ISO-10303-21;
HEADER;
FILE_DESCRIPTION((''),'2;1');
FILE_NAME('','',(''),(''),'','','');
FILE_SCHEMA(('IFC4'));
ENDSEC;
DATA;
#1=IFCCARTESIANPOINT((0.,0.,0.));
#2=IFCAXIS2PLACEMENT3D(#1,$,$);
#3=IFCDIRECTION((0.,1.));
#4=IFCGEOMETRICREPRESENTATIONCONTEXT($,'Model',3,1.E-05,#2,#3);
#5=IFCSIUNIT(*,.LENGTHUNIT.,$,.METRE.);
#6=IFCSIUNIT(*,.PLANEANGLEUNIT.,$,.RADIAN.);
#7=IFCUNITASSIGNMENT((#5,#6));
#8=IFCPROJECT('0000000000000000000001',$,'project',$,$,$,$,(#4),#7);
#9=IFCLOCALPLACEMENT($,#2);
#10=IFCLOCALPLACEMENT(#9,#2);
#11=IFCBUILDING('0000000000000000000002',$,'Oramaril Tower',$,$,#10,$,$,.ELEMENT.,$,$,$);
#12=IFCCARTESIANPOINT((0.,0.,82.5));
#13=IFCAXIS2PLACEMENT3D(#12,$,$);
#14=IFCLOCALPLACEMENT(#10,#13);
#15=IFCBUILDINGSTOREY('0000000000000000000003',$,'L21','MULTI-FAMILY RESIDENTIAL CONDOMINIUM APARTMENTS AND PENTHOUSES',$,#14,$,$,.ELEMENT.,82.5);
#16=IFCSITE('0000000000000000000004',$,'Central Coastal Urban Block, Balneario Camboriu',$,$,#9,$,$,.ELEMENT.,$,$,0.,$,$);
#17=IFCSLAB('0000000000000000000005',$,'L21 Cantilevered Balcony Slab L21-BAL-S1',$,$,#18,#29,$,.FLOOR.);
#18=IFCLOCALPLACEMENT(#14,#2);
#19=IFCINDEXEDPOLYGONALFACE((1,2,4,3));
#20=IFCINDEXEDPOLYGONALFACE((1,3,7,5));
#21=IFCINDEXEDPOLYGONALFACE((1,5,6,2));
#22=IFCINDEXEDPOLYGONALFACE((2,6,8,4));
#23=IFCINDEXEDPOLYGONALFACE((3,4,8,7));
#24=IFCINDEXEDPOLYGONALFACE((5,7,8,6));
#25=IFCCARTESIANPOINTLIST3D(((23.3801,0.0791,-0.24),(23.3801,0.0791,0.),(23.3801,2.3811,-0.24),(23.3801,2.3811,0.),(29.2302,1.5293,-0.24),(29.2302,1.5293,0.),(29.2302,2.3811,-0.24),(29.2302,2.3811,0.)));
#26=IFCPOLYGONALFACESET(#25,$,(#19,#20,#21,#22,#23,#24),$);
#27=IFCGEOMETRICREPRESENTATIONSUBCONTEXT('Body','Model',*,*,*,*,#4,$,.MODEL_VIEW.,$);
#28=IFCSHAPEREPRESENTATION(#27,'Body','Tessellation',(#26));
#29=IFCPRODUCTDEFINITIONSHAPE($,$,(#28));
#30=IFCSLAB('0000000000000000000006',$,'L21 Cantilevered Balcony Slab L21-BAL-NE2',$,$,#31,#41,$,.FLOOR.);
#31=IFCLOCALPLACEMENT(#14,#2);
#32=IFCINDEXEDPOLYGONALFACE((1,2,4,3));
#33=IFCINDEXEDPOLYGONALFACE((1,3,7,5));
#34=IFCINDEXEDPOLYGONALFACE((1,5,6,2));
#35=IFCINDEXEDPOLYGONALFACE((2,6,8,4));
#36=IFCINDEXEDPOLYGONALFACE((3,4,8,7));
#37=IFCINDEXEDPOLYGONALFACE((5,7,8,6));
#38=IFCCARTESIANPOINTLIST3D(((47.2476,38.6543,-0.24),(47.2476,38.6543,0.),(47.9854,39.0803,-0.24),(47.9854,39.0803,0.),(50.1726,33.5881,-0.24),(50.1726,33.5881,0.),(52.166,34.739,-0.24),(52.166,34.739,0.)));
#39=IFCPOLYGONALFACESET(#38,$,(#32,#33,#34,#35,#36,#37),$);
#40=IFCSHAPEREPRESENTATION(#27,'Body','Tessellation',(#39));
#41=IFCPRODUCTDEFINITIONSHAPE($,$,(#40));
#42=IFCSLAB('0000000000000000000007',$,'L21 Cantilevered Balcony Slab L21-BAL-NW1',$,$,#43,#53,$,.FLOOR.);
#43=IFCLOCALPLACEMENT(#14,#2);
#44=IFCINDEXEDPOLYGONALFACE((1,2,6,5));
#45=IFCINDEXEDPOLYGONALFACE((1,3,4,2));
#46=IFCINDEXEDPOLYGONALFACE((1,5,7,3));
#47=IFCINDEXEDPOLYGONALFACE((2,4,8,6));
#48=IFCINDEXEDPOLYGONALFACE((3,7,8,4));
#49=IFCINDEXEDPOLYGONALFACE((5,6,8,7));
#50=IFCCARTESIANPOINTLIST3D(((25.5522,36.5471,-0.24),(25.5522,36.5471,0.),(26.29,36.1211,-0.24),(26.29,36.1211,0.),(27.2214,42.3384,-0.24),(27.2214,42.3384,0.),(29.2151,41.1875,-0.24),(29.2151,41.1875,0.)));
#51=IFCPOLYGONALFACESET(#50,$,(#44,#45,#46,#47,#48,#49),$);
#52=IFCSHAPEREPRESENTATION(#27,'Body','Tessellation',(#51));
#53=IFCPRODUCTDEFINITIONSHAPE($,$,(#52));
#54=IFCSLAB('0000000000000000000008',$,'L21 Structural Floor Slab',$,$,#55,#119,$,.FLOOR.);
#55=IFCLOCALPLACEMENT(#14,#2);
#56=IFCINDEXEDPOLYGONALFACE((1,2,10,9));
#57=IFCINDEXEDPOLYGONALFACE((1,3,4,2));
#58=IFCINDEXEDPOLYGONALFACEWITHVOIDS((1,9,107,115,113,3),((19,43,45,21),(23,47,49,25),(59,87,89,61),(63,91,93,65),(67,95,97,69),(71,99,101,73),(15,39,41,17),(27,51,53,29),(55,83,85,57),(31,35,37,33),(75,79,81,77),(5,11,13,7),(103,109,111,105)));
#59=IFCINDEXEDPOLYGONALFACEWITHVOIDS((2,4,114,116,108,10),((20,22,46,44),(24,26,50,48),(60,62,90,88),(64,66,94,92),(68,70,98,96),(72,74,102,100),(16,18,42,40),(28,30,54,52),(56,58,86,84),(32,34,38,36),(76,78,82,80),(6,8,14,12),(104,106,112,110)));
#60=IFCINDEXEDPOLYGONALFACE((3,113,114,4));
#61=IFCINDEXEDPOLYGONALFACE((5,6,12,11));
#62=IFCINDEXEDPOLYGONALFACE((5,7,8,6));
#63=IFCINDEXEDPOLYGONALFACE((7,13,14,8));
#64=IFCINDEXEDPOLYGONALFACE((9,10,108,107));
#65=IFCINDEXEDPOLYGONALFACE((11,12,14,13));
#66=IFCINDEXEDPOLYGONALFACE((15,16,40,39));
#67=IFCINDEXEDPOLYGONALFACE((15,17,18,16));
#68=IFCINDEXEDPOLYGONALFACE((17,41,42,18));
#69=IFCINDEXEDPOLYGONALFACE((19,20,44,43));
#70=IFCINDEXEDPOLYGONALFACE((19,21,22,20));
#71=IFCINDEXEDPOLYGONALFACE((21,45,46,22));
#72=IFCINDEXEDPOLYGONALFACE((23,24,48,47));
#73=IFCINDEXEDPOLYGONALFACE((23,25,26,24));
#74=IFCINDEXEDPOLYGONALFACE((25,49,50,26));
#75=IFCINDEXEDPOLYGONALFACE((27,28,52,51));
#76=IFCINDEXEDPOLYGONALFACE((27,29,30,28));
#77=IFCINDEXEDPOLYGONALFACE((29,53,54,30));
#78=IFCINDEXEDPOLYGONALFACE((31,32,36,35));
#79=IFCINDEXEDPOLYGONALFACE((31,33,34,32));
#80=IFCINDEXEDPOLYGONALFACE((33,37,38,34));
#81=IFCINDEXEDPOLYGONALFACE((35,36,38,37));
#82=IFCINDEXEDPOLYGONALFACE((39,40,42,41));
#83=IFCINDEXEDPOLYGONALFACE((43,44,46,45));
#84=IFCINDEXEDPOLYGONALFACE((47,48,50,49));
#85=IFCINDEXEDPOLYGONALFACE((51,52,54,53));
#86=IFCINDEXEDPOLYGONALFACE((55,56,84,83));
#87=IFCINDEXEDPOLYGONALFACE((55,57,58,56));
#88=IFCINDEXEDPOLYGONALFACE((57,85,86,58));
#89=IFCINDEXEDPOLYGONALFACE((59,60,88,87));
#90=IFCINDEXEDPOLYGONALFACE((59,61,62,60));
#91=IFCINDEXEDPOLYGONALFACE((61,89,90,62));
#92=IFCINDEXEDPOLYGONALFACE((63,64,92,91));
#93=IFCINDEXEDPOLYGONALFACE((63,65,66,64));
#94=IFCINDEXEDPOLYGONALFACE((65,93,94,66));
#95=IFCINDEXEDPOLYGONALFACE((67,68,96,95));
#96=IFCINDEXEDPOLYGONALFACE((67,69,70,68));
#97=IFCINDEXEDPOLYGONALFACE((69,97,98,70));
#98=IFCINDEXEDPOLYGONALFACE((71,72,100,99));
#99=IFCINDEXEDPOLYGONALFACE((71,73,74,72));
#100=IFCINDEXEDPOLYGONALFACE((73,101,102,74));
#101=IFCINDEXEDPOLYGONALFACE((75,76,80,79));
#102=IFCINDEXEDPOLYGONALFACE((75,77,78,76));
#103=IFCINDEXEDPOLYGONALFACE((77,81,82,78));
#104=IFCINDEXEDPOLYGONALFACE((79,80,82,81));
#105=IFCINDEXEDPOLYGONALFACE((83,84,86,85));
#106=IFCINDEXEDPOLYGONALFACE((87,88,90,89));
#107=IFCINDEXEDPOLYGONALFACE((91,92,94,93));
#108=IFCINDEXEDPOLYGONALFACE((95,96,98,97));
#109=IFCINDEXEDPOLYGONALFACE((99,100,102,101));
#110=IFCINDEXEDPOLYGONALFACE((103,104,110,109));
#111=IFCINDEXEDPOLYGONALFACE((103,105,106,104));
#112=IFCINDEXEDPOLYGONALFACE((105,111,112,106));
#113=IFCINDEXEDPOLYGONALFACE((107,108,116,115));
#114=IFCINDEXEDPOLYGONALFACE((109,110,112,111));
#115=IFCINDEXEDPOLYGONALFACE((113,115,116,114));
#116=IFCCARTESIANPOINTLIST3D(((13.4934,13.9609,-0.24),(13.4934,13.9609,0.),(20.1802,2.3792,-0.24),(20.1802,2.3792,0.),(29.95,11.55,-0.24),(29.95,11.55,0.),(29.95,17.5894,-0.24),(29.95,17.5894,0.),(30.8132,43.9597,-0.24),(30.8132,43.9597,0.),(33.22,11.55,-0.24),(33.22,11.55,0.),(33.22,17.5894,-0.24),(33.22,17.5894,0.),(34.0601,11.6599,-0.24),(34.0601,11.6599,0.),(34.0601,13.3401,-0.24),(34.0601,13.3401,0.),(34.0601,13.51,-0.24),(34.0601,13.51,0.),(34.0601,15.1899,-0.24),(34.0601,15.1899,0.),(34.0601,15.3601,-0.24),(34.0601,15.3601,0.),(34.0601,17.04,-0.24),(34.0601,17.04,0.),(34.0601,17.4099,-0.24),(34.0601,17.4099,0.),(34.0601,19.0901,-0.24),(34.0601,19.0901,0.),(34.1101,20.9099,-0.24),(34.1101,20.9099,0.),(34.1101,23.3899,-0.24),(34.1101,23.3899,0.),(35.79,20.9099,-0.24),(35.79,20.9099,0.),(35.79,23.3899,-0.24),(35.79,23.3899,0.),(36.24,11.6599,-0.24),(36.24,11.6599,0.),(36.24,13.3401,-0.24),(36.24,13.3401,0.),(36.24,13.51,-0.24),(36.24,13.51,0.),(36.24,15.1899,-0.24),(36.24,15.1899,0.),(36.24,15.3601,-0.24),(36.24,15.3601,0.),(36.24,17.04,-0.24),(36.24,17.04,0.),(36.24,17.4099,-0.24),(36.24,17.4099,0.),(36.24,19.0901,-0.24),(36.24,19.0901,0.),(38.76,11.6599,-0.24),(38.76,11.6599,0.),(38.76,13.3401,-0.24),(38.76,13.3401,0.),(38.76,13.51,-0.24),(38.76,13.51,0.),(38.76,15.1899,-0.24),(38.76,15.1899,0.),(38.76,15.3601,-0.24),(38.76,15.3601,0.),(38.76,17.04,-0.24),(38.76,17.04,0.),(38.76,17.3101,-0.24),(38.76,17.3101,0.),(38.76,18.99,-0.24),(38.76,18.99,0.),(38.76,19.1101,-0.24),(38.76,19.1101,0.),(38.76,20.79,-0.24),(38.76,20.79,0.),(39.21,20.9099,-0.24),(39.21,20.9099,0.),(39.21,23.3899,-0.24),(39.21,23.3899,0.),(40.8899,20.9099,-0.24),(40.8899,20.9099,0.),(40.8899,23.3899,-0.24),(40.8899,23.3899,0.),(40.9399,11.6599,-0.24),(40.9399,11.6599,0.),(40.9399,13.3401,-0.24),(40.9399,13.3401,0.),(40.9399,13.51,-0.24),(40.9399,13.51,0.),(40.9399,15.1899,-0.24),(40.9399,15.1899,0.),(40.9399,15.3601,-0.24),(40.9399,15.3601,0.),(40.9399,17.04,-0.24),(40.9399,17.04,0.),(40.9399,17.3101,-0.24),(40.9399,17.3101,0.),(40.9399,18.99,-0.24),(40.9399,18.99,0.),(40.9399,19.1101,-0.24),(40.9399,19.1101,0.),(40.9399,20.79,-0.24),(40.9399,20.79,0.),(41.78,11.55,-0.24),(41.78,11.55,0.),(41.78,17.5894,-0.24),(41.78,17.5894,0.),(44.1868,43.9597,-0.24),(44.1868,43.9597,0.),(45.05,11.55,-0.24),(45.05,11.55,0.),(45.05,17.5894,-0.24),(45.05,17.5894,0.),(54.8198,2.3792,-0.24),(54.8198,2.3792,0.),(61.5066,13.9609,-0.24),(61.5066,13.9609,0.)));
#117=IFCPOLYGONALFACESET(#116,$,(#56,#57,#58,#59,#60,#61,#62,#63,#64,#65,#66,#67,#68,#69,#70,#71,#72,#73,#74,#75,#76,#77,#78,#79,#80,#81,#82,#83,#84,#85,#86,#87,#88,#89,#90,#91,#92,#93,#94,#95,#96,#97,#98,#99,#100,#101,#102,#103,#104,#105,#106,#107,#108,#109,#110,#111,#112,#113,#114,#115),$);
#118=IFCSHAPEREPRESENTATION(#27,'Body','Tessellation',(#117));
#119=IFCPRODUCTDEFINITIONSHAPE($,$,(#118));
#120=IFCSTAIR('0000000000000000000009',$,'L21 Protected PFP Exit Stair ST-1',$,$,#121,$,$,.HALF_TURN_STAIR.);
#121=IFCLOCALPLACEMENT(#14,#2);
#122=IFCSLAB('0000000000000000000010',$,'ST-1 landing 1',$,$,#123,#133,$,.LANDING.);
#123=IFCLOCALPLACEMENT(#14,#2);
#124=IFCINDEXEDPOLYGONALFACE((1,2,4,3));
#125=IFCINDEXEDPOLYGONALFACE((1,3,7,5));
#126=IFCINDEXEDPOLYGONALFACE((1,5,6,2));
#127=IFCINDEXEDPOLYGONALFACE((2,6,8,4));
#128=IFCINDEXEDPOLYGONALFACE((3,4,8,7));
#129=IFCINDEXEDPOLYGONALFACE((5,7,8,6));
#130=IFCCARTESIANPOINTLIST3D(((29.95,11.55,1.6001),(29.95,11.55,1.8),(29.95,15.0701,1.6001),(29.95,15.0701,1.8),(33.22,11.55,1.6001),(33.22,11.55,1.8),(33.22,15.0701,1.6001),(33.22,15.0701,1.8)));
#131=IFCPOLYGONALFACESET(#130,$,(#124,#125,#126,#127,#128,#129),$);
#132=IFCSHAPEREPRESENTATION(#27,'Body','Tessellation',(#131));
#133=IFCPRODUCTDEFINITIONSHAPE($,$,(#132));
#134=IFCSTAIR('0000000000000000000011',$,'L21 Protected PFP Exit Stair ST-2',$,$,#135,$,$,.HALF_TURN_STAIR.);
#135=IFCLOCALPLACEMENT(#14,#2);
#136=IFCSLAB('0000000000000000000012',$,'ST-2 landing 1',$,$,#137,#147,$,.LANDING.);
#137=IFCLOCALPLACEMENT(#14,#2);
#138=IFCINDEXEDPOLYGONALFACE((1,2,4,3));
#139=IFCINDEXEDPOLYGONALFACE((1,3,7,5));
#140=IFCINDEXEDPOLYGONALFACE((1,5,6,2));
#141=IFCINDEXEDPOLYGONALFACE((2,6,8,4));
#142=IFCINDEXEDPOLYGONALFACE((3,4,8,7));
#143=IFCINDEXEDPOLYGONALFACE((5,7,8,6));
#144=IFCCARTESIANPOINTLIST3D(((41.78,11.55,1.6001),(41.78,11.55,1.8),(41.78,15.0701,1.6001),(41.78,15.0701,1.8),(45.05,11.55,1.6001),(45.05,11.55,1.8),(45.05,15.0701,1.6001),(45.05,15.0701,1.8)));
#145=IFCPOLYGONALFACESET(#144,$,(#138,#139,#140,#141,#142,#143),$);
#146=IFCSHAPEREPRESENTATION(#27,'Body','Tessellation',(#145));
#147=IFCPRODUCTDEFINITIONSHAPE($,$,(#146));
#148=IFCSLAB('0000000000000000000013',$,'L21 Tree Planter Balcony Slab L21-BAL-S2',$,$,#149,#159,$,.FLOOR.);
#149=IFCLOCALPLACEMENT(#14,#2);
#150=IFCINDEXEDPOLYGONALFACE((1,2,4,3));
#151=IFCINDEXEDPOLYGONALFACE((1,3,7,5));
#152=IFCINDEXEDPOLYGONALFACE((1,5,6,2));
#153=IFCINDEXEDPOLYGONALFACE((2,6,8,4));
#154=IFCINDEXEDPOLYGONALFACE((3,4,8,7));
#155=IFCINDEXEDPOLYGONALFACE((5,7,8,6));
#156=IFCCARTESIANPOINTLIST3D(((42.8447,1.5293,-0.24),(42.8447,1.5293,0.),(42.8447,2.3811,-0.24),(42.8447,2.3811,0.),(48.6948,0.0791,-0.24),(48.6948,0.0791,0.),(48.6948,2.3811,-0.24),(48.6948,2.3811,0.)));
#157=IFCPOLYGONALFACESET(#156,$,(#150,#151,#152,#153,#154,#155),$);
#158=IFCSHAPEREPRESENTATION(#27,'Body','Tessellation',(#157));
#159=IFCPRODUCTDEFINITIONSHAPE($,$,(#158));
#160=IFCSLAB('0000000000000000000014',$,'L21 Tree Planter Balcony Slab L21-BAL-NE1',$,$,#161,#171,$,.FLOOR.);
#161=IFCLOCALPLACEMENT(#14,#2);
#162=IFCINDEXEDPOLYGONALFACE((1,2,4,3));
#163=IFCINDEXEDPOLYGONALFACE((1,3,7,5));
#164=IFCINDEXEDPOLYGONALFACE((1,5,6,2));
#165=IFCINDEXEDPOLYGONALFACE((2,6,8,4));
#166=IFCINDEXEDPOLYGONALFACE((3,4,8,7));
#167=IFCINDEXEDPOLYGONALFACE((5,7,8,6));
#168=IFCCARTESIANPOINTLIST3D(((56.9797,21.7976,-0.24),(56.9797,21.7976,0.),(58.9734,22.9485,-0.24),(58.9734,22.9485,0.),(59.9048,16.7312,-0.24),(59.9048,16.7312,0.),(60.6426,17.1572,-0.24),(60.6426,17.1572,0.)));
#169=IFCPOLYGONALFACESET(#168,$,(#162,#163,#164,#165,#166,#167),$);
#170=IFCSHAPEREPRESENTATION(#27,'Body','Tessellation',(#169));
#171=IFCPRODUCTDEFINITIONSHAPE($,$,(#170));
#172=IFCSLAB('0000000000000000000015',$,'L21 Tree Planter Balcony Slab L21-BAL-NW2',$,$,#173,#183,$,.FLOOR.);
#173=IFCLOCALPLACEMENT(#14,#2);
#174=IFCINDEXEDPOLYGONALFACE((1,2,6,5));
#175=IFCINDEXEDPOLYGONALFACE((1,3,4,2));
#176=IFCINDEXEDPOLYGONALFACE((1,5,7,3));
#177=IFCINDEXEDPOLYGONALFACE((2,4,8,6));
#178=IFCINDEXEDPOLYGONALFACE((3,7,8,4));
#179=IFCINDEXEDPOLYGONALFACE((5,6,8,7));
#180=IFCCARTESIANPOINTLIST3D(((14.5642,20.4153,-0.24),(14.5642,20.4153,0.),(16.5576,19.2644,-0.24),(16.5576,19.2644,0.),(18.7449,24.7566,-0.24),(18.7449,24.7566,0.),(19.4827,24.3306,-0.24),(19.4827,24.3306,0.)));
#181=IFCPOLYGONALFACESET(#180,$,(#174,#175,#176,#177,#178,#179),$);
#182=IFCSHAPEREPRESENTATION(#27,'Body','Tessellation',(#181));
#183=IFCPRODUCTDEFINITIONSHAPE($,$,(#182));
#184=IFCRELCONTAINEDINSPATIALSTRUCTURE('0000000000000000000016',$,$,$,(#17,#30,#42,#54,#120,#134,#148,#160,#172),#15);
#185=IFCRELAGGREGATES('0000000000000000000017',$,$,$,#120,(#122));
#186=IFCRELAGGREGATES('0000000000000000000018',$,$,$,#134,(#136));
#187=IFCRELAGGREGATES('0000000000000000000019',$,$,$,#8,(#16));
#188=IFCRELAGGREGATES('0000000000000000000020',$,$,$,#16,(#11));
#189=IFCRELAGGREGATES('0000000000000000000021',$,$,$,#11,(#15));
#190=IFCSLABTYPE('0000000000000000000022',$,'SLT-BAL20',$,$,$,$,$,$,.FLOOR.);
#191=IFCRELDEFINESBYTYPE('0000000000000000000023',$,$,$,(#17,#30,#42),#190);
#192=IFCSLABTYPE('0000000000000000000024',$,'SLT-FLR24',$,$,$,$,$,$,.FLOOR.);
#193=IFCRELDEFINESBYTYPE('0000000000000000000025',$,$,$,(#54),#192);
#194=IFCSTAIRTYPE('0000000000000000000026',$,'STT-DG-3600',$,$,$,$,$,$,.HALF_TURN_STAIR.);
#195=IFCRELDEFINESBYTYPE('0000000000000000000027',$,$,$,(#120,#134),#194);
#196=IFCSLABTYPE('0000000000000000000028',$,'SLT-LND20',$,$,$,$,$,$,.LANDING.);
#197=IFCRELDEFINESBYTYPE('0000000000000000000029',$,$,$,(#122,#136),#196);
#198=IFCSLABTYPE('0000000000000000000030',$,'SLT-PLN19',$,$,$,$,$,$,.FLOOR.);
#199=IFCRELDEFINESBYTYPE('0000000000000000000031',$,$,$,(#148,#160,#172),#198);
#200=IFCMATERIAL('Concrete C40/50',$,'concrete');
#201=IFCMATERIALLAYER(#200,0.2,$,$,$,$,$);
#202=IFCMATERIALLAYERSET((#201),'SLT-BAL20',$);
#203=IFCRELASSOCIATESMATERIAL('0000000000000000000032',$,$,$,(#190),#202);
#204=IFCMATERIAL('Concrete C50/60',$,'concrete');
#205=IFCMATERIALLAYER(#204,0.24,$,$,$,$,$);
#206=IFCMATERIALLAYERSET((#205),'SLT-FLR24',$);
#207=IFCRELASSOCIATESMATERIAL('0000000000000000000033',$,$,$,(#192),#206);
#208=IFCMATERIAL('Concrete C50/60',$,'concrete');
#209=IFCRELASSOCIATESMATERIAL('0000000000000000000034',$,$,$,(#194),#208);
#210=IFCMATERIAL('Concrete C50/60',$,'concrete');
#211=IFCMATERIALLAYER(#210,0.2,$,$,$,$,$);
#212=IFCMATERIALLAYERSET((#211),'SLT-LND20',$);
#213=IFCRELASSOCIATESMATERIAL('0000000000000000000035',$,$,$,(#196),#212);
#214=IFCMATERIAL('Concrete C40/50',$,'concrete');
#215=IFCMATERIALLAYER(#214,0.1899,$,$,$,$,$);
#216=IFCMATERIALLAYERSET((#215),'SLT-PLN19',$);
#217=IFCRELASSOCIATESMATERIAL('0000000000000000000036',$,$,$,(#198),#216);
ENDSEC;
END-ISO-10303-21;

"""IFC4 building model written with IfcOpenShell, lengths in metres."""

from ifc_helpers import new_model, si_unit, direction, frame, origin, place, context, subcontext, project, spatial, polyline, outline, extrude, material, layer, layer_set, type_object, element, aggregate, save


model = new_model("IFC4")

# Units and contexts
model_context = context("Model", 3, precision=1e-05, world=origin(), true_north=direction((0.0, 1.0)))
body_context = subcontext(model_context, "Body", "Model", "MODEL_VIEW")
ifc_project = project(units=[si_unit("LENGTHUNIT", "METRE"), si_unit("PLANEANGLEUNIT", "RADIAN")], contexts=[model_context])

# Site, building, storey
site_placement = place(None, origin())
site = spatial("IfcSite", under=ifc_project, at=site_placement, Name="Central Coastal Urban Block, Balneario Camboriu", CompositionType="ELEMENT", RefElevation=0.0)
building_placement = place(site_placement, origin())
building = spatial("IfcBuilding", under=site, at=building_placement, Name="Oramaril Tower", CompositionType="ELEMENT")
storey_placement = place(building_placement, frame((0.0, 0.0, 82.5)))
storey = spatial("IfcBuildingStorey", under=building, at=storey_placement, Name="L21", Description="MULTI-FAMILY RESIDENTIAL CONDOMINIUM APARTMENTS AND PENTHOUSES", CompositionType="ELEMENT", Elevation=82.5)

# Slabs
ifc_material_1 = material(Name="Concrete C40/50", Category="concrete")
ifc_layer_1 = layer(ifc_material_1, 0.2)
ifc_layer_set_1 = layer_set([ifc_layer_1], Name="SLT-BAL20")
slab_type_1 = type_object("IfcSlabType", Name="SLT-BAL20", PredefinedType="FLOOR", material=ifc_layer_set_1)
slab_1_placement = place(storey_placement, frame((0.0, 0.0, -0.24)))
element("IfcSlab", 1, at=slab_1_placement, inside=storey, type_object=slab_type_1, Name="L21 Cantilevered Balcony Slab L21-BAL-S1", PredefinedType="FLOOR", context=body_context, shape_type="SweptSolid", body=[
    extrude(outline(polyline([(23.3801, 2.3811), (29.2302, 2.3811), (29.2302, 1.5293), (23.3801, 0.0791), (23.3801, 2.3811)])), origin(), (0.0, 0.0, 1.0), 0.24),
])
slab_2_placement = place(storey_placement, frame((0.0, 0.0, -0.24)))
element("IfcSlab", 2, at=slab_2_placement, inside=storey, type_object=slab_type_1, Name="L21 Cantilevered Balcony Slab L21-BAL-NE2", PredefinedType="FLOOR", context=body_context, shape_type="SweptSolid", body=[
    extrude(outline(polyline([(50.1726, 33.5881), (47.2476, 38.6543), (47.9854, 39.0803), (52.166, 34.739), (50.1726, 33.5881)])), origin(), (0.0, 0.0, 1.0), 0.24),
])
slab_3_placement = place(storey_placement, frame((0.0, 0.0, -0.24)))
element("IfcSlab", 3, at=slab_3_placement, inside=storey, type_object=slab_type_1, Name="L21 Cantilevered Balcony Slab L21-BAL-NW1", PredefinedType="FLOOR", context=body_context, shape_type="SweptSolid", body=[
    extrude(outline(polyline([(29.2151, 41.1875), (26.29, 36.1211), (25.5522, 36.5471), (27.2214, 42.3384), (29.2151, 41.1875)])), origin(), (0.0, 0.0, 1.0), 0.24),
])
ifc_material_2 = material(Name="Concrete C50/60", Category="concrete")
ifc_layer_2 = layer(ifc_material_2, 0.24)
ifc_layer_set_2 = layer_set([ifc_layer_2], Name="SLT-FLR24")
slab_type_2 = type_object("IfcSlabType", Name="SLT-FLR24", PredefinedType="FLOOR", material=ifc_layer_set_2)
slab_4_placement = place(storey_placement, frame((0.0, 0.0, -0.24)))
element("IfcSlab", 4, at=slab_4_placement, inside=storey, type_object=slab_type_2, Name="L21 Structural Floor Slab", PredefinedType="FLOOR", context=body_context, shape_type="SweptSolid", body=[
    extrude(outline(polyline([(13.4934, 13.9609), (20.1802, 2.3792), (54.8198, 2.3792), (61.5066, 13.9609), (44.1868, 43.9597), (30.8132, 43.9597), (13.4934, 13.9609)]), holes=[polyline([(29.95, 17.5894), (29.95, 11.55), (33.22, 11.55), (33.22, 17.5894), (29.95, 17.5894)]), polyline([(41.78, 17.5894), (41.78, 11.55), (45.05, 11.55), (45.05, 17.5894), (41.78, 17.5894)]), polyline([(34.1101, 20.9099), (35.79, 20.9099), (35.79, 23.3899), (34.1101, 23.3899), (34.1101, 20.9099)]), polyline([(39.21, 20.9099), (40.8899, 20.9099), (40.8899, 23.3899), (39.21, 23.3899), (39.21, 20.9099)]), polyline([(34.0601, 11.6599), (36.24, 11.6599), (36.24, 13.3401), (34.0601, 13.3401), (34.0601, 11.6599)]), polyline([(34.0601, 13.51), (36.24, 13.51), (36.24, 15.1899), (34.0601, 15.1899), (34.0601, 13.51)]), polyline([(34.0601, 15.3601), (36.24, 15.3601), (36.24, 17.04), (34.0601, 17.04), (34.0601, 15.3601)]), polyline([(38.76, 11.6599), (40.9399, 11.6599), (40.9399, 13.3401), (38.76, 13.3401), (38.76, 11.6599)]), polyline([(38.76, 13.51), (40.9399, 13.51), (40.9399, 15.1899), (38.76, 15.1899), (38.76, 13.51)]), polyline([(38.76, 15.3601), (40.9399, 15.3601), (40.9399, 17.04), (38.76, 17.04), (38.76, 15.3601)]), polyline([(34.0601, 17.4099), (36.24, 17.4099), (36.24, 19.0901), (34.0601, 19.0901), (34.0601, 17.4099)]), polyline([(38.76, 17.3101), (40.9399, 17.3101), (40.9399, 18.99), (38.76, 18.99), (38.76, 17.3101)]), polyline([(38.76, 19.1101), (40.9399, 19.1101), (40.9399, 20.79), (38.76, 20.79), (38.76, 19.1101)])]), origin(), (0.0, 0.0, 1.0), 0.24),
])

# Stairs, slabs
ifc_material_3 = material(Name="Concrete C50/60", Category="concrete")
stair_type = type_object("IfcStairType", Name="STT-DG-3600", PredefinedType="HALF_TURN_STAIR", material=ifc_material_3)
stair_1_placement = place(storey_placement, origin())
stair_1 = element("IfcStair", 5, at=stair_1_placement, inside=storey, type_object=stair_type, Name="L21 Protected PFP Exit Stair ST-1", PredefinedType="HALF_TURN_STAIR")
ifc_material_4 = material(Name="Concrete C50/60", Category="concrete")
ifc_layer_3 = layer(ifc_material_4, 0.2)
ifc_layer_set_3 = layer_set([ifc_layer_3], Name="SLT-LND20")
slab_type_3 = type_object("IfcSlabType", Name="SLT-LND20", PredefinedType="LANDING", material=ifc_layer_set_3)
slab_5_placement = place(storey_placement, frame((0.0, 0.0, 1.6001)))
slab_5 = element("IfcSlab", 6, at=slab_5_placement, type_object=slab_type_3, Name="ST-1 landing 1", PredefinedType="LANDING", context=body_context, shape_type="SweptSolid", body=[
    extrude(outline(polyline([(29.95, 15.0701), (29.95, 11.55), (33.22, 11.55), (33.22, 15.0701), (29.95, 15.0701)])), origin(), (0.0, 0.0, 1.0), 0.2),
])
aggregate(stair_1, [slab_5])
stair_2_placement = place(storey_placement, origin())
stair_2 = element("IfcStair", 7, at=stair_2_placement, inside=storey, type_object=stair_type, Name="L21 Protected PFP Exit Stair ST-2", PredefinedType="HALF_TURN_STAIR")
slab_6_placement = place(storey_placement, frame((0.0, 0.0, 1.6001)))
slab_6 = element("IfcSlab", 8, at=slab_6_placement, type_object=slab_type_3, Name="ST-2 landing 1", PredefinedType="LANDING", context=body_context, shape_type="SweptSolid", body=[
    extrude(outline(polyline([(41.78, 15.0701), (41.78, 11.55), (45.05, 11.55), (45.05, 15.0701), (41.78, 15.0701)])), origin(), (0.0, 0.0, 1.0), 0.2),
])
aggregate(stair_2, [slab_6])

# Slabs
ifc_material_5 = material(Name="Concrete C40/50", Category="concrete")
ifc_layer_4 = layer(ifc_material_5, 0.1899)
ifc_layer_set_4 = layer_set([ifc_layer_4], Name="SLT-PLN19")
slab_type_4 = type_object("IfcSlabType", Name="SLT-PLN19", PredefinedType="FLOOR", material=ifc_layer_set_4)
slab_7_placement = place(storey_placement, frame((0.0, 0.0, -0.24)))
element("IfcSlab", 9, at=slab_7_placement, inside=storey, type_object=slab_type_4, Name="L21 Tree Planter Balcony Slab L21-BAL-S2", PredefinedType="FLOOR", context=body_context, shape_type="SweptSolid", body=[
    extrude(outline(polyline([(42.8447, 2.3811), (48.6948, 2.3811), (48.6948, 0.0791), (42.8447, 1.5293), (42.8447, 2.3811)])), origin(), (0.0, 0.0, 1.0), 0.24),
])
slab_8_placement = place(storey_placement, frame((0.0, 0.0, -0.24)))
element("IfcSlab", 10, at=slab_8_placement, inside=storey, type_object=slab_type_4, Name="L21 Tree Planter Balcony Slab L21-BAL-NE1", PredefinedType="FLOOR", context=body_context, shape_type="SweptSolid", body=[
    extrude(outline(polyline([(59.9048, 16.7312), (56.9797, 21.7976), (58.9734, 22.9485), (60.6426, 17.1572), (59.9048, 16.7312)])), origin(), (0.0, 0.0, 1.0), 0.24),
])
slab_9_placement = place(storey_placement, frame((0.0, 0.0, -0.24)))
element("IfcSlab", 11, at=slab_9_placement, inside=storey, type_object=slab_type_4, Name="L21 Tree Planter Balcony Slab L21-BAL-NW2", PredefinedType="FLOOR", context=body_context, shape_type="SweptSolid", body=[
    extrude(outline(polyline([(19.4827, 24.3306), (16.5576, 19.2644), (14.5642, 20.4153), (18.7449, 24.7566), (19.4827, 24.3306)])), origin(), (0.0, 0.0, 1.0), 0.24),
])

save(model, "model.ifc")
